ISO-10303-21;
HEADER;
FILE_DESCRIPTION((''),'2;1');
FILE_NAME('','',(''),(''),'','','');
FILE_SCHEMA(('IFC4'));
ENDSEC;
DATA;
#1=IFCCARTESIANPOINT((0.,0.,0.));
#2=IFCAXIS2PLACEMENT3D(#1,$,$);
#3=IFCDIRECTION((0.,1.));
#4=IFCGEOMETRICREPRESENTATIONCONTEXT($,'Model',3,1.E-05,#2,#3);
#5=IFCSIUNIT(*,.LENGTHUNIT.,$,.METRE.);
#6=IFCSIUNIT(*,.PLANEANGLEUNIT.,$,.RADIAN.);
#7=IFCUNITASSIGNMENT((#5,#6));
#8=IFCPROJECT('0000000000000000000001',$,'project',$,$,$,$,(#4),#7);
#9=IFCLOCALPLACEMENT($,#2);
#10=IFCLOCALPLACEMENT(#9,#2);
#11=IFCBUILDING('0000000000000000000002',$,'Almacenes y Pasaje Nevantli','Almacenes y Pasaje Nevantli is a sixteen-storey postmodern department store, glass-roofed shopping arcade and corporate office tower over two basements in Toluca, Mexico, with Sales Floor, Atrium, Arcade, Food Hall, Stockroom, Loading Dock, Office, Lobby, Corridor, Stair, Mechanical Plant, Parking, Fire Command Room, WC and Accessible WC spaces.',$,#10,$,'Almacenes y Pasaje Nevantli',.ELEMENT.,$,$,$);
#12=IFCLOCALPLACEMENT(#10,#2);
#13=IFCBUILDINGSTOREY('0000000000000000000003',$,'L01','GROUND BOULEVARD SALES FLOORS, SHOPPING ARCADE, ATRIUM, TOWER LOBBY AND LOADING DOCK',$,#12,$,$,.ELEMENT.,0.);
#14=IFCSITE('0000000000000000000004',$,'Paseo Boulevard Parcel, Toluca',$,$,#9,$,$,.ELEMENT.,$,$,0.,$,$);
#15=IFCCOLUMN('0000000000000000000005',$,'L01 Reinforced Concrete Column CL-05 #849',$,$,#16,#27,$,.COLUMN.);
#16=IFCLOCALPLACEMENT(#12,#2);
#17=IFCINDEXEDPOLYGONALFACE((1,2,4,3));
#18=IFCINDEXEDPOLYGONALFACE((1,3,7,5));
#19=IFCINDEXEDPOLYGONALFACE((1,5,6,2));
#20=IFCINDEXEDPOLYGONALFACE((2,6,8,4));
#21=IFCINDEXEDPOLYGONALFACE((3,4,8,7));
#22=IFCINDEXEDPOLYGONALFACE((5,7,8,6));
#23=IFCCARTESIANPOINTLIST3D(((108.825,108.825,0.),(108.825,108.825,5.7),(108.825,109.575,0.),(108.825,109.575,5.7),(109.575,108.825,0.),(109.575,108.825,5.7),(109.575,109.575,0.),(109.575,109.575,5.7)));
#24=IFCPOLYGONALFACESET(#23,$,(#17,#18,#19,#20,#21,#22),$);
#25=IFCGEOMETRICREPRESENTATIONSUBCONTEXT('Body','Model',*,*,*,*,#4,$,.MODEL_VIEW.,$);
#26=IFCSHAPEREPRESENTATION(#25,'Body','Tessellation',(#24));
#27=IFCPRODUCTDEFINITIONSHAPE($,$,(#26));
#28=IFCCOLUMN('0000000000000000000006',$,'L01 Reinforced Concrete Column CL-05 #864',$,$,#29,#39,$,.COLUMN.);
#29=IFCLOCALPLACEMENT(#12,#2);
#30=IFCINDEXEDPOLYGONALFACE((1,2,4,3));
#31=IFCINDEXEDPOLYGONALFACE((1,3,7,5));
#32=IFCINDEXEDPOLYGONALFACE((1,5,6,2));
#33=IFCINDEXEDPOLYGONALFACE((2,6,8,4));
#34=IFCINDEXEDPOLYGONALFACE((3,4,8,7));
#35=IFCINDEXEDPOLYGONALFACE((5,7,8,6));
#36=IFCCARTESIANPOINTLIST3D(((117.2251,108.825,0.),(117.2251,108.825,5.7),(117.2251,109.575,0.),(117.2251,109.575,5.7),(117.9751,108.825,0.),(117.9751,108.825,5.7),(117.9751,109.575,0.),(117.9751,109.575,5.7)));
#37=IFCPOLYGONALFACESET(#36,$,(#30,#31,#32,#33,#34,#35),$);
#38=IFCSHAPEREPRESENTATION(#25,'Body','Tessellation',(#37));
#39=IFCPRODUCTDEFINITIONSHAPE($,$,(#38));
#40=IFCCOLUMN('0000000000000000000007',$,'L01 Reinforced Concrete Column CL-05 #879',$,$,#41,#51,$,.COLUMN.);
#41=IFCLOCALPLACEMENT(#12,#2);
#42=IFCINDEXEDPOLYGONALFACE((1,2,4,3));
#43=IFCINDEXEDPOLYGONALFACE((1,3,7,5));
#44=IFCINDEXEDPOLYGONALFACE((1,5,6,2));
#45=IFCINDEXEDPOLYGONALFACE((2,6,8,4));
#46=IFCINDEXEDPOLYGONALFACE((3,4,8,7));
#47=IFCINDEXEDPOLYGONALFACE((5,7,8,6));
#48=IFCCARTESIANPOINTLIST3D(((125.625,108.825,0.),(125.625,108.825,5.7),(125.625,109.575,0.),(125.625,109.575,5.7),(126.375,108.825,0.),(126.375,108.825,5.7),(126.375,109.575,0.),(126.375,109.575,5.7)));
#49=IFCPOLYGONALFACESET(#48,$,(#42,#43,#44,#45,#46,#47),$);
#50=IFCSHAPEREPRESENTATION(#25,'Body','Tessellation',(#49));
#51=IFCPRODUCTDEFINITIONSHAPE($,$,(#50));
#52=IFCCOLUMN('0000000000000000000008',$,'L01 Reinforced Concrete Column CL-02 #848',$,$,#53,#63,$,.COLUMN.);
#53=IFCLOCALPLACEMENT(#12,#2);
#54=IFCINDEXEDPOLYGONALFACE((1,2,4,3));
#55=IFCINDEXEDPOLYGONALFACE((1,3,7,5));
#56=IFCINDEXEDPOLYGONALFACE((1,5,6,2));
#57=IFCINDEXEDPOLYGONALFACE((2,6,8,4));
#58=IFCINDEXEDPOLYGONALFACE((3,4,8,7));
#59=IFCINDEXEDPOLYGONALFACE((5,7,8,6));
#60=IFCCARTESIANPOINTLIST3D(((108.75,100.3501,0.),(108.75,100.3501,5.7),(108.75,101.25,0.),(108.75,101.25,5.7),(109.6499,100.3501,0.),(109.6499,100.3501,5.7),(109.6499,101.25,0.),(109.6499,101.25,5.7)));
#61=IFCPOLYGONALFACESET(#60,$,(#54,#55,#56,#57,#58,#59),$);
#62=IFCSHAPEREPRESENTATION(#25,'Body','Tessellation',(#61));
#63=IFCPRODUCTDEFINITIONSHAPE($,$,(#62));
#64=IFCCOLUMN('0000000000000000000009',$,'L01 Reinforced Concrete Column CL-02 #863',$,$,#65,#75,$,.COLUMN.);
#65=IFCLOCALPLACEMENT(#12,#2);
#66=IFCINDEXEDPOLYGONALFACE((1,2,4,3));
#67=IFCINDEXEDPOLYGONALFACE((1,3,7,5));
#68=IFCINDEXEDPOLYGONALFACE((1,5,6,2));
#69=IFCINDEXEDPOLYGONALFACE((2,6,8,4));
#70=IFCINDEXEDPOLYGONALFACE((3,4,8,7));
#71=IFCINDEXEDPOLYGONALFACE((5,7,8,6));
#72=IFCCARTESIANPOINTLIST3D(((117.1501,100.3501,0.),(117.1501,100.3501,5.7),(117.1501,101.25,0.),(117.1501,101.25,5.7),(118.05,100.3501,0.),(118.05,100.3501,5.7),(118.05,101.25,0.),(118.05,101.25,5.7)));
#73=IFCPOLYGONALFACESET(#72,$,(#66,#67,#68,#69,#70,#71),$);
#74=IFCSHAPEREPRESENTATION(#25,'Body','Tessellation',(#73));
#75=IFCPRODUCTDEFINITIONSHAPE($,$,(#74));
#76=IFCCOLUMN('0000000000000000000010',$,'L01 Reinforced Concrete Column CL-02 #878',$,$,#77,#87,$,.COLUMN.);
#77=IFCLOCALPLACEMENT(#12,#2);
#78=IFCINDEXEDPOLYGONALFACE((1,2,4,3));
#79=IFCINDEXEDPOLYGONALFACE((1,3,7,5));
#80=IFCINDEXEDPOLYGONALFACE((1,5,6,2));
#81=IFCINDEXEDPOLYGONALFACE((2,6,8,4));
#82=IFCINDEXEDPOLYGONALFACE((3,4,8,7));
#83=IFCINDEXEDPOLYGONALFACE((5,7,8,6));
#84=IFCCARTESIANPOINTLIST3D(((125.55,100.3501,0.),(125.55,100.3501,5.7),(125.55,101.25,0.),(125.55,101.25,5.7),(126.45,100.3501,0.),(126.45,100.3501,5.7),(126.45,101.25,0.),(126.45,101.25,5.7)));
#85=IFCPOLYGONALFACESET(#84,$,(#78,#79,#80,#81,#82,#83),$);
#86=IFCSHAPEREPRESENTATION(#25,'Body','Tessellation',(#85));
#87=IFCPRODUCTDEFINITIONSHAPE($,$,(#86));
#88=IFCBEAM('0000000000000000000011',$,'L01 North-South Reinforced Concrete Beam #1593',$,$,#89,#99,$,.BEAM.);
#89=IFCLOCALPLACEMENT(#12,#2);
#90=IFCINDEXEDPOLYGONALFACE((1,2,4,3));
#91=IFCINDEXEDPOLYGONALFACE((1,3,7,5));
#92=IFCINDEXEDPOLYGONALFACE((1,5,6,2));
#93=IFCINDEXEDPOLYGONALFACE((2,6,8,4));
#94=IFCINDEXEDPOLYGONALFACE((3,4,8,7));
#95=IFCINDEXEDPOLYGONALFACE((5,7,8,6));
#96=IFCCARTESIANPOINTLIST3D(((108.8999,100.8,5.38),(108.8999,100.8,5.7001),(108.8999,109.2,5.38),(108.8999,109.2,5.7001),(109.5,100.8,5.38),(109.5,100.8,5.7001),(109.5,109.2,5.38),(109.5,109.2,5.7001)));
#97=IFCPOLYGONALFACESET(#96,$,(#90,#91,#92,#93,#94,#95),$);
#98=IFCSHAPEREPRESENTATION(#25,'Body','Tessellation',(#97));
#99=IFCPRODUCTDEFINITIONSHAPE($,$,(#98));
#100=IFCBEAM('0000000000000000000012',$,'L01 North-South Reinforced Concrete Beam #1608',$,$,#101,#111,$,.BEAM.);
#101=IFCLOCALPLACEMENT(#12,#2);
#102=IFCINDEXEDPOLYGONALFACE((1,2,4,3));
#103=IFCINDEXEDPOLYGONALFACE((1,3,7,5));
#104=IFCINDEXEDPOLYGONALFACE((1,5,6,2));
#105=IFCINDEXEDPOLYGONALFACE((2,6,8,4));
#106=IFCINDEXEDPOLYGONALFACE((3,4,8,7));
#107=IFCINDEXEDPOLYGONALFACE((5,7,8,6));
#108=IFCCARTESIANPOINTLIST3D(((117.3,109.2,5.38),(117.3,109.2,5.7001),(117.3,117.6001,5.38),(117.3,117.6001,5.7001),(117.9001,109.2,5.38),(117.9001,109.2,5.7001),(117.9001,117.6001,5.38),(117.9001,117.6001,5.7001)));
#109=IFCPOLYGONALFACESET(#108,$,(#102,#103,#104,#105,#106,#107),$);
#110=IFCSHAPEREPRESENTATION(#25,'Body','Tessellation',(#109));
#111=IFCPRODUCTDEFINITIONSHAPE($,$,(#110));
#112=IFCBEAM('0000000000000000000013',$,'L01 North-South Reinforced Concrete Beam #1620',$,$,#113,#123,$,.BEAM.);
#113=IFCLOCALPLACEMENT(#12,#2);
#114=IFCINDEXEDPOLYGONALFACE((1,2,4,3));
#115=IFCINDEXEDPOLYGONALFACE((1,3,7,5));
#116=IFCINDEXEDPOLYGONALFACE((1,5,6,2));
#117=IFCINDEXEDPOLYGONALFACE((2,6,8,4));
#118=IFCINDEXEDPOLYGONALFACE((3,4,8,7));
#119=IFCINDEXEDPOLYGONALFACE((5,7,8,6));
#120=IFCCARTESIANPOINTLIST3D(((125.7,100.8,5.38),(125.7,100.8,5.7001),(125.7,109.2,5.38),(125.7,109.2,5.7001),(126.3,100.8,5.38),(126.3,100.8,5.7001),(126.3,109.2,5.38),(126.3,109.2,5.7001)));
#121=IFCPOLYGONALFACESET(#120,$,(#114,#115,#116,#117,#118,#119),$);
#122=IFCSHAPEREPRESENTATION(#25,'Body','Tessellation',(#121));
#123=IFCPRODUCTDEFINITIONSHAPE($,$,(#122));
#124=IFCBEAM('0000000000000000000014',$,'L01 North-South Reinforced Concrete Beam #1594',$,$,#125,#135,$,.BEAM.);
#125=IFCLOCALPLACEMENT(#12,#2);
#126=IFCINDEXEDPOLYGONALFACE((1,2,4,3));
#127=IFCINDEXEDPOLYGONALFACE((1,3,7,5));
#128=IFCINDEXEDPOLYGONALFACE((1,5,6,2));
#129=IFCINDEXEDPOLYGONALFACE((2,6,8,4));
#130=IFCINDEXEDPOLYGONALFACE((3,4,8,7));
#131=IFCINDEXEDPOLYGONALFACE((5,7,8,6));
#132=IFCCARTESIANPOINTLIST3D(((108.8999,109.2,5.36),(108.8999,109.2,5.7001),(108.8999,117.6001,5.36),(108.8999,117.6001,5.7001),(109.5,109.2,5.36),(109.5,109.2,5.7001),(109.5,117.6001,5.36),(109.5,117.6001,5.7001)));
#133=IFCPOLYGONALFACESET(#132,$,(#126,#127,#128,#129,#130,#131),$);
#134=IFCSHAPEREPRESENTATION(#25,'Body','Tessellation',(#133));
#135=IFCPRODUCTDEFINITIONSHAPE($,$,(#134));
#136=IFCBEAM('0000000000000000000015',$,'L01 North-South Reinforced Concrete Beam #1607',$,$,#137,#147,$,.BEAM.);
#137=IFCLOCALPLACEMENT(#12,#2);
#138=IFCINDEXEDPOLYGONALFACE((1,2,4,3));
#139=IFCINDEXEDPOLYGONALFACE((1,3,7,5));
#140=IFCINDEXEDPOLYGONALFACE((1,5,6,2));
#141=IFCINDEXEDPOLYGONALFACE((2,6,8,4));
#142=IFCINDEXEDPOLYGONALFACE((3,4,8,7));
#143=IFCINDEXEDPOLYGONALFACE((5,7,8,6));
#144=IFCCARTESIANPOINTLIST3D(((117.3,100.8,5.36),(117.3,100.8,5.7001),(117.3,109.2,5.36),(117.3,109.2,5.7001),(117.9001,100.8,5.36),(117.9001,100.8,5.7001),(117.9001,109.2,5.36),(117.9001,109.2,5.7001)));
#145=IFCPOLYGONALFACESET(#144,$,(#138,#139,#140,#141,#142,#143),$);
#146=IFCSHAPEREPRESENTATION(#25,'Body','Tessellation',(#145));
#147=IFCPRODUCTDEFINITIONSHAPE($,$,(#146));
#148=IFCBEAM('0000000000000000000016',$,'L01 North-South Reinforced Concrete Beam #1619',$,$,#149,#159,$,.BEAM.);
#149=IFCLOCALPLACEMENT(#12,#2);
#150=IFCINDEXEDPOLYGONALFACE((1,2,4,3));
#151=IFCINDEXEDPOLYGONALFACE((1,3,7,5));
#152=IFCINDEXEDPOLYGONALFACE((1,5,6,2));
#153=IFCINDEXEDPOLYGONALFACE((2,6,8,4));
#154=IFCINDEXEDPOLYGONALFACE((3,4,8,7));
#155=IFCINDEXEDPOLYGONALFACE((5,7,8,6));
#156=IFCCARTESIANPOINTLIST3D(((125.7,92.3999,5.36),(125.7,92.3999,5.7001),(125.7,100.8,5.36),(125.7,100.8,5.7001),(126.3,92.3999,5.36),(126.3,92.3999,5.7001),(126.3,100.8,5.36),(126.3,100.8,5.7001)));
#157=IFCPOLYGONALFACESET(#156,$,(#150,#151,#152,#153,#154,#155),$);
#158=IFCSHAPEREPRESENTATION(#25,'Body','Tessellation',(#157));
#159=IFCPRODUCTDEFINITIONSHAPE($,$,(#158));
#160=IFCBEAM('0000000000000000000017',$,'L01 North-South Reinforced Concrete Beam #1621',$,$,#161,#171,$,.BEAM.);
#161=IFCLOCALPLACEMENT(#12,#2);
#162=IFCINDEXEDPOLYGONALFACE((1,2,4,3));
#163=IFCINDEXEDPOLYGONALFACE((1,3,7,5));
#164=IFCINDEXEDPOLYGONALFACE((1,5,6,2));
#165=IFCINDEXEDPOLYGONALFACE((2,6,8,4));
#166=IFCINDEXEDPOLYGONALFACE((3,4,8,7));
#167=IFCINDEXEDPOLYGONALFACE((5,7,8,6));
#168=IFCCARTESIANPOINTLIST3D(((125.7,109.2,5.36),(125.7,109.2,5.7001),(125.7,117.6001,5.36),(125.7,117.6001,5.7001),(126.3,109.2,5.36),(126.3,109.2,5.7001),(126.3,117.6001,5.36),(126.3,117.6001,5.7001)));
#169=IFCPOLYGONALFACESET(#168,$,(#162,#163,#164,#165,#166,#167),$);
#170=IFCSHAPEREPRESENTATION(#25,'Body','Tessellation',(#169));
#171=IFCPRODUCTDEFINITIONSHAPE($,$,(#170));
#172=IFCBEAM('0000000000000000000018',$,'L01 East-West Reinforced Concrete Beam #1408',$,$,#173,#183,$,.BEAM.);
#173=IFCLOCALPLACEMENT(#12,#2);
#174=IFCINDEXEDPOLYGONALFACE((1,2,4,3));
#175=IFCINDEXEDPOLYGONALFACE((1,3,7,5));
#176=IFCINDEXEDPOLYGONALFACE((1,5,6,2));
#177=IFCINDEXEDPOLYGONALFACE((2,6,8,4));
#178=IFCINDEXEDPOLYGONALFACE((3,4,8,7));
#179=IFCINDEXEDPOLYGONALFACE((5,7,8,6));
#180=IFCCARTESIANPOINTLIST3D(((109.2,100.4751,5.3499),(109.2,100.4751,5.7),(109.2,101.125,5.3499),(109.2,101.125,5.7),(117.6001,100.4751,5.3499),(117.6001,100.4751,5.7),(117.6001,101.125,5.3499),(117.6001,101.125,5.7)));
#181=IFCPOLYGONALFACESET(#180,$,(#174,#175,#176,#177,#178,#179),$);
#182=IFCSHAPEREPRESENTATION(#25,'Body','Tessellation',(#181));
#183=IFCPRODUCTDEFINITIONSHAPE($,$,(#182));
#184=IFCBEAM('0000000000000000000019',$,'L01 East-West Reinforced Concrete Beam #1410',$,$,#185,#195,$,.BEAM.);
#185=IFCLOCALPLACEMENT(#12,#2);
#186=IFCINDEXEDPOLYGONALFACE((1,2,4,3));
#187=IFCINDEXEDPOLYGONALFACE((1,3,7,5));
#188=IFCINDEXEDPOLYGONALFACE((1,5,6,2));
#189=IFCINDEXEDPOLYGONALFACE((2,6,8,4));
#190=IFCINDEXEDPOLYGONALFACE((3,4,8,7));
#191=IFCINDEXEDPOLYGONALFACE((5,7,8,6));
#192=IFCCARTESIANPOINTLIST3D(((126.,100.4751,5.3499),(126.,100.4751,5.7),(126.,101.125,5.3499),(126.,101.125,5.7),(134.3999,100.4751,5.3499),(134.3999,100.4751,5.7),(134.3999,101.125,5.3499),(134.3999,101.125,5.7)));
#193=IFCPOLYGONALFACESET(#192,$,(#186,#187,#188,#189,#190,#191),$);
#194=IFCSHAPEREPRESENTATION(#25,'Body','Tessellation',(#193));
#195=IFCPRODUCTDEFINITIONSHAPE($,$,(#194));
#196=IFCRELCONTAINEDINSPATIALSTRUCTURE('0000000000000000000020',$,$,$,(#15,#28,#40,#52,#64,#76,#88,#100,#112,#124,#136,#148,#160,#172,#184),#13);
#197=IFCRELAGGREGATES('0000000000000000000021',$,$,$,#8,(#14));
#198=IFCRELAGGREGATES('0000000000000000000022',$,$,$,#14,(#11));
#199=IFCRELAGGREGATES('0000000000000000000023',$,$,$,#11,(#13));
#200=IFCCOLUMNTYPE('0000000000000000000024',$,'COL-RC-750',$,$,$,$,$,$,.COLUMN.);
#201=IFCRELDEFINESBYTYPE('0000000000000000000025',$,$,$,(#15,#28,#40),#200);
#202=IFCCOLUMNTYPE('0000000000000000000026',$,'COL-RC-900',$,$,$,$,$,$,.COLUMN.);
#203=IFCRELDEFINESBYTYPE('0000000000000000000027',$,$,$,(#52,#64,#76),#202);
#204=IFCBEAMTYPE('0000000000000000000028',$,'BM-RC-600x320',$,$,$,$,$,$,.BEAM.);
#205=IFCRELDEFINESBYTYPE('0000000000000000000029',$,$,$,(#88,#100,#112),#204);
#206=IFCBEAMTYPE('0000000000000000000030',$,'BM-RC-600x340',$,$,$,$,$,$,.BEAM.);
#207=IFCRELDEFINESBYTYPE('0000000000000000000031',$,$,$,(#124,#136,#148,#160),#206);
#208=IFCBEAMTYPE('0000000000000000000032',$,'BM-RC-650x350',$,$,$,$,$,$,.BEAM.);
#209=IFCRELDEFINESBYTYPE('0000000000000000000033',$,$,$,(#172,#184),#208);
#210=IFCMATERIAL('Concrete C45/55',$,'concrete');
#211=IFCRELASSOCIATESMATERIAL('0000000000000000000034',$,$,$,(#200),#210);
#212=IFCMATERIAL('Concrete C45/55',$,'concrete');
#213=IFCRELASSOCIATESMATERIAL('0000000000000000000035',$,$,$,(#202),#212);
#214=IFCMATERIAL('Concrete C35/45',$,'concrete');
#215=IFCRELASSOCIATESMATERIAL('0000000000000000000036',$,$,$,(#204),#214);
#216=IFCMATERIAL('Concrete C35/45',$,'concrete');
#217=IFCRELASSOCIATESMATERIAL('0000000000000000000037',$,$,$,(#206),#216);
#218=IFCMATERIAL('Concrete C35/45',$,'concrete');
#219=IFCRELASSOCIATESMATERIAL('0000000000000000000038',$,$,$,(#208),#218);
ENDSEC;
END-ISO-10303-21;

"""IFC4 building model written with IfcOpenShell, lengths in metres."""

from ifc_helpers import new_model, si_unit, direction, frame, origin, origin_2d, place, context, subcontext, project, spatial, rectangle, extrude, material, material_profile, profile_set, type_object, element, save


model = new_model("IFC4")

# Units and contexts
model_context = context("Model", 3, precision=1e-05, world=origin(), true_north=direction((0.0, 1.0)))
body_context = subcontext(model_context, "Body", "Model", "MODEL_VIEW")
ifc_project = project(units=[si_unit("LENGTHUNIT", "METRE"), si_unit("PLANEANGLEUNIT", "RADIAN")], contexts=[model_context])

# Site, building, storey
site_placement = place(None, origin())
site = spatial("IfcSite", under=ifc_project, at=site_placement, Name="Paseo Boulevard Parcel, Toluca", CompositionType="ELEMENT", RefElevation=0.0)
building_placement = place(site_placement, origin())
building = spatial("IfcBuilding", under=site, at=building_placement, Name="Almacenes y Pasaje Nevantli", Description="Almacenes y Pasaje Nevantli is a sixteen-storey postmodern department store, glass-roofed shopping arcade and corporate office tower over two basements in Toluca, Mexico, with Sales Floor, Atrium, Arcade, Food Hall, Stockroom, Loading Dock, Office, Lobby, Corridor, Stair, Mechanical Plant, Parking, Fire Command Room, WC and Accessible WC spaces.", LongName="Almacenes y Pasaje Nevantli", CompositionType="ELEMENT")
storey_placement = place(building_placement, origin())
storey = spatial("IfcBuildingStorey", under=building, at=storey_placement, Name="L01", Description="GROUND BOULEVARD SALES FLOORS, SHOPPING ARCADE, ATRIUM, TOWER LOBBY AND LOADING DOCK", CompositionType="ELEMENT", Elevation=0.0)

# Columns
ifc_material_1 = material(Name="Concrete C45/55", Category="concrete")
ifc_material_profile_1 = material_profile(ifc_material_1, rectangle(XDim=0.75, YDim=0.75, at=origin_2d()), Name="RC-COL-750x750")
ifc_profile_set_1 = profile_set([ifc_material_profile_1], Name="Concrete C45/55")
column_type_1 = type_object("IfcColumnType", Name="COL-RC-750", PredefinedType="COLUMN", material=ifc_profile_set_1)
for number, where, z_axis, x_axis, name in (
    (1, (109.2, 109.2, 0.0), (0.0, 0.0, 1.0), (1.0, 0.0, 0.0), "L01 Reinforced Concrete Column CL-05 #849"),
    (2, (117.6001, 109.2, 0.0), (0.0, 0.0, 1.0), (1.0, 0.0, 0.0), "L01 Reinforced Concrete Column CL-05 #864"),
    (3, (126.0, 109.2, 0.0), (0.0, 0.0, 1.0), (1.0, 0.0, 0.0), "L01 Reinforced Concrete Column CL-05 #879"),
):
    element("IfcColumn", number, at=place(storey_placement, frame(where, z_axis=z_axis, x_axis=x_axis)), inside=storey, type_object=column_type_1, Name=name, PredefinedType="COLUMN", context=body_context, shape_type="SweptSolid", body=[
        extrude(rectangle(XDim=0.75, YDim=0.75, at=origin_2d()), origin(), (0.0, 0.0, 1.0), 5.7),
    ])
ifc_material_2 = material(Name="Concrete C45/55", Category="concrete")
ifc_material_profile_2 = material_profile(ifc_material_2, rectangle(XDim=0.8999, YDim=0.8999, at=origin_2d()), Name="RC-COL-900x900")
ifc_profile_set_2 = profile_set([ifc_material_profile_2], Name="Concrete C45/55")
column_type_2 = type_object("IfcColumnType", Name="COL-RC-900", PredefinedType="COLUMN", material=ifc_profile_set_2)
for number, where, z_axis, x_axis, name in (
    (4, (109.2, 100.8, 0.0), (0.0, 0.0, 1.0), (1.0, 0.0, 0.0), "L01 Reinforced Concrete Column CL-02 #848"),
    (5, (117.6001, 100.8, 0.0), (0.0, 0.0, 1.0), (1.0, 0.0, 0.0), "L01 Reinforced Concrete Column CL-02 #863"),
    (6, (126.0, 100.8, 0.0), (0.0, 0.0, 1.0), (1.0, 0.0, 0.0), "L01 Reinforced Concrete Column CL-02 #878"),
):
    element("IfcColumn", number, at=place(storey_placement, frame(where, z_axis=z_axis, x_axis=x_axis)), inside=storey, type_object=column_type_2, Name=name, PredefinedType="COLUMN", context=body_context, shape_type="SweptSolid", body=[
        extrude(rectangle(XDim=0.8999, YDim=0.8999, at=origin_2d()), origin(), (0.0, 0.0, 1.0), 5.7),
    ])

# Beams
ifc_material_3 = material(Name="Concrete C35/45", Category="concrete")
ifc_material_profile_3 = material_profile(ifc_material_3, rectangle(XDim=0.6001, YDim=0.3201, at=origin_2d()), Name="RC-BM-600x320")
ifc_profile_set_3 = profile_set([ifc_material_profile_3], Name="Concrete C35/45")
beam_type_1 = type_object("IfcBeamType", Name="BM-RC-600x320", PredefinedType="BEAM", material=ifc_profile_set_3)
beam_1_placement = place(storey_placement, frame((109.2, 100.8, 5.54), z_axis=(0.0, 1.0, 0.0), x_axis=(-1.0, 0.0, 0.0)))
element("IfcBeam", 7, at=beam_1_placement, inside=storey, type_object=beam_type_1, Name="L01 North-South Reinforced Concrete Beam #1593", PredefinedType="BEAM", context=body_context, shape_type="SweptSolid", body=[
    extrude(rectangle(XDim=0.6001, YDim=0.3201, at=origin_2d()), origin(), (0.0, 0.0, 1.0), 8.3999),
])
beam_2_placement = place(storey_placement, frame((117.6001, 109.2, 5.54), z_axis=(0.0, 1.0, 0.0), x_axis=(-1.0, 0.0, 0.0)))
element("IfcBeam", 8, at=beam_2_placement, inside=storey, type_object=beam_type_1, Name="L01 North-South Reinforced Concrete Beam #1608", PredefinedType="BEAM", context=body_context, shape_type="SweptSolid", body=[
    extrude(rectangle(XDim=0.6001, YDim=0.3201, at=origin_2d()), origin(), (0.0, 0.0, 1.0), 8.4001),
])
beam_3_placement = place(storey_placement, frame((126.0, 100.8, 5.54), z_axis=(0.0, 1.0, 0.0), x_axis=(-1.0, 0.0, 0.0)))
element("IfcBeam", 9, at=beam_3_placement, inside=storey, type_object=beam_type_1, Name="L01 North-South Reinforced Concrete Beam #1620", PredefinedType="BEAM", context=body_context, shape_type="SweptSolid", body=[
    extrude(rectangle(XDim=0.6001, YDim=0.3201, at=origin_2d()), origin(), (0.0, 0.0, 1.0), 8.3999),
])
ifc_material_4 = material(Name="Concrete C35/45", Category="concrete")
ifc_material_profile_4 = material_profile(ifc_material_4, rectangle(XDim=0.6001, YDim=0.3401, at=origin_2d()), Name="RC-BM-600x340")
ifc_profile_set_4 = profile_set([ifc_material_profile_4], Name="Concrete C35/45")
beam_type_2 = type_object("IfcBeamType", Name="BM-RC-600x340", PredefinedType="BEAM", material=ifc_profile_set_4)
beam_4_placement = place(storey_placement, frame((109.2, 109.2, 5.53), z_axis=(0.0, 1.0, 0.0), x_axis=(-1.0, 0.0, 0.0)))
element("IfcBeam", 10, at=beam_4_placement, inside=storey, type_object=beam_type_2, Name="L01 North-South Reinforced Concrete Beam #1594", PredefinedType="BEAM", context=body_context, shape_type="SweptSolid", body=[
    extrude(rectangle(XDim=0.6001, YDim=0.3401, at=origin_2d()), origin(), (0.0, 0.0, 1.0), 8.4001),
])
beam_5_placement = place(storey_placement, frame((117.6001, 100.8, 5.53), z_axis=(0.0, 1.0, 0.0), x_axis=(-1.0, 0.0, 0.0)))
element("IfcBeam", 11, at=beam_5_placement, inside=storey, type_object=beam_type_2, Name="L01 North-South Reinforced Concrete Beam #1607", PredefinedType="BEAM", context=body_context, shape_type="SweptSolid", body=[
    extrude(rectangle(XDim=0.6001, YDim=0.3401, at=origin_2d()), origin(), (0.0, 0.0, 1.0), 8.3999),
])
for number, where, z_axis, x_axis, name in (
    (12, (126.0, 92.3999, 5.53), (0.0, 1.0, 0.0), (-1.0, 0.0, 0.0), "L01 North-South Reinforced Concrete Beam #1619"),
    (13, (126.0, 109.2, 5.53), (0.0, 1.0, 0.0), (-1.0, 0.0, 0.0), "L01 North-South Reinforced Concrete Beam #1621"),
):
    element("IfcBeam", number, at=place(storey_placement, frame(where, z_axis=z_axis, x_axis=x_axis)), inside=storey, type_object=beam_type_2, Name=name, PredefinedType="BEAM", context=body_context, shape_type="SweptSolid", body=[
        extrude(rectangle(XDim=0.6001, YDim=0.3401, at=origin_2d()), origin(), (0.0, 0.0, 1.0), 8.4001),
    ])
ifc_material_5 = material(Name="Concrete C35/45", Category="concrete")
ifc_material_profile_5 = material_profile(ifc_material_5, rectangle(XDim=0.6499, YDim=0.3501, at=origin_2d()), Name="RC-BM-650x350")
ifc_profile_set_5 = profile_set([ifc_material_profile_5], Name="Concrete C35/45")
beam_type_3 = type_object("IfcBeamType", Name="BM-RC-650x350", PredefinedType="BEAM", material=ifc_profile_set_5)
beam_6_placement = place(storey_placement, frame((109.2, 100.8, 5.5249), z_axis=(1.0, 0.0, 0.0), x_axis=(0.0, 1.0, 0.0)))
element("IfcBeam", 14, at=beam_6_placement, inside=storey, type_object=beam_type_3, Name="L01 East-West Reinforced Concrete Beam #1408", PredefinedType="BEAM", context=body_context, shape_type="SweptSolid", body=[
    extrude(rectangle(XDim=0.6499, YDim=0.3501, at=origin_2d()), origin(), (0.0, 0.0, 1.0), 8.4001),
])
for number, where, z_axis, x_axis, name in (
    (15, (126.0, 100.8, 5.5249), (1.0, 0.0, 0.0), (0.0, 1.0, 0.0), "L01 East-West Reinforced Concrete Beam #1410"),
):
    element("IfcBeam", number, at=place(storey_placement, frame(where, z_axis=z_axis, x_axis=x_axis)), inside=storey, type_object=beam_type_3, Name=name, PredefinedType="BEAM", context=body_context, shape_type="SweptSolid", body=[
        extrude(rectangle(XDim=0.6499, YDim=0.3501, at=origin_2d()), origin(), (0.0, 0.0, 1.0), 8.3999),
    ])

save(model, "model.ifc")
